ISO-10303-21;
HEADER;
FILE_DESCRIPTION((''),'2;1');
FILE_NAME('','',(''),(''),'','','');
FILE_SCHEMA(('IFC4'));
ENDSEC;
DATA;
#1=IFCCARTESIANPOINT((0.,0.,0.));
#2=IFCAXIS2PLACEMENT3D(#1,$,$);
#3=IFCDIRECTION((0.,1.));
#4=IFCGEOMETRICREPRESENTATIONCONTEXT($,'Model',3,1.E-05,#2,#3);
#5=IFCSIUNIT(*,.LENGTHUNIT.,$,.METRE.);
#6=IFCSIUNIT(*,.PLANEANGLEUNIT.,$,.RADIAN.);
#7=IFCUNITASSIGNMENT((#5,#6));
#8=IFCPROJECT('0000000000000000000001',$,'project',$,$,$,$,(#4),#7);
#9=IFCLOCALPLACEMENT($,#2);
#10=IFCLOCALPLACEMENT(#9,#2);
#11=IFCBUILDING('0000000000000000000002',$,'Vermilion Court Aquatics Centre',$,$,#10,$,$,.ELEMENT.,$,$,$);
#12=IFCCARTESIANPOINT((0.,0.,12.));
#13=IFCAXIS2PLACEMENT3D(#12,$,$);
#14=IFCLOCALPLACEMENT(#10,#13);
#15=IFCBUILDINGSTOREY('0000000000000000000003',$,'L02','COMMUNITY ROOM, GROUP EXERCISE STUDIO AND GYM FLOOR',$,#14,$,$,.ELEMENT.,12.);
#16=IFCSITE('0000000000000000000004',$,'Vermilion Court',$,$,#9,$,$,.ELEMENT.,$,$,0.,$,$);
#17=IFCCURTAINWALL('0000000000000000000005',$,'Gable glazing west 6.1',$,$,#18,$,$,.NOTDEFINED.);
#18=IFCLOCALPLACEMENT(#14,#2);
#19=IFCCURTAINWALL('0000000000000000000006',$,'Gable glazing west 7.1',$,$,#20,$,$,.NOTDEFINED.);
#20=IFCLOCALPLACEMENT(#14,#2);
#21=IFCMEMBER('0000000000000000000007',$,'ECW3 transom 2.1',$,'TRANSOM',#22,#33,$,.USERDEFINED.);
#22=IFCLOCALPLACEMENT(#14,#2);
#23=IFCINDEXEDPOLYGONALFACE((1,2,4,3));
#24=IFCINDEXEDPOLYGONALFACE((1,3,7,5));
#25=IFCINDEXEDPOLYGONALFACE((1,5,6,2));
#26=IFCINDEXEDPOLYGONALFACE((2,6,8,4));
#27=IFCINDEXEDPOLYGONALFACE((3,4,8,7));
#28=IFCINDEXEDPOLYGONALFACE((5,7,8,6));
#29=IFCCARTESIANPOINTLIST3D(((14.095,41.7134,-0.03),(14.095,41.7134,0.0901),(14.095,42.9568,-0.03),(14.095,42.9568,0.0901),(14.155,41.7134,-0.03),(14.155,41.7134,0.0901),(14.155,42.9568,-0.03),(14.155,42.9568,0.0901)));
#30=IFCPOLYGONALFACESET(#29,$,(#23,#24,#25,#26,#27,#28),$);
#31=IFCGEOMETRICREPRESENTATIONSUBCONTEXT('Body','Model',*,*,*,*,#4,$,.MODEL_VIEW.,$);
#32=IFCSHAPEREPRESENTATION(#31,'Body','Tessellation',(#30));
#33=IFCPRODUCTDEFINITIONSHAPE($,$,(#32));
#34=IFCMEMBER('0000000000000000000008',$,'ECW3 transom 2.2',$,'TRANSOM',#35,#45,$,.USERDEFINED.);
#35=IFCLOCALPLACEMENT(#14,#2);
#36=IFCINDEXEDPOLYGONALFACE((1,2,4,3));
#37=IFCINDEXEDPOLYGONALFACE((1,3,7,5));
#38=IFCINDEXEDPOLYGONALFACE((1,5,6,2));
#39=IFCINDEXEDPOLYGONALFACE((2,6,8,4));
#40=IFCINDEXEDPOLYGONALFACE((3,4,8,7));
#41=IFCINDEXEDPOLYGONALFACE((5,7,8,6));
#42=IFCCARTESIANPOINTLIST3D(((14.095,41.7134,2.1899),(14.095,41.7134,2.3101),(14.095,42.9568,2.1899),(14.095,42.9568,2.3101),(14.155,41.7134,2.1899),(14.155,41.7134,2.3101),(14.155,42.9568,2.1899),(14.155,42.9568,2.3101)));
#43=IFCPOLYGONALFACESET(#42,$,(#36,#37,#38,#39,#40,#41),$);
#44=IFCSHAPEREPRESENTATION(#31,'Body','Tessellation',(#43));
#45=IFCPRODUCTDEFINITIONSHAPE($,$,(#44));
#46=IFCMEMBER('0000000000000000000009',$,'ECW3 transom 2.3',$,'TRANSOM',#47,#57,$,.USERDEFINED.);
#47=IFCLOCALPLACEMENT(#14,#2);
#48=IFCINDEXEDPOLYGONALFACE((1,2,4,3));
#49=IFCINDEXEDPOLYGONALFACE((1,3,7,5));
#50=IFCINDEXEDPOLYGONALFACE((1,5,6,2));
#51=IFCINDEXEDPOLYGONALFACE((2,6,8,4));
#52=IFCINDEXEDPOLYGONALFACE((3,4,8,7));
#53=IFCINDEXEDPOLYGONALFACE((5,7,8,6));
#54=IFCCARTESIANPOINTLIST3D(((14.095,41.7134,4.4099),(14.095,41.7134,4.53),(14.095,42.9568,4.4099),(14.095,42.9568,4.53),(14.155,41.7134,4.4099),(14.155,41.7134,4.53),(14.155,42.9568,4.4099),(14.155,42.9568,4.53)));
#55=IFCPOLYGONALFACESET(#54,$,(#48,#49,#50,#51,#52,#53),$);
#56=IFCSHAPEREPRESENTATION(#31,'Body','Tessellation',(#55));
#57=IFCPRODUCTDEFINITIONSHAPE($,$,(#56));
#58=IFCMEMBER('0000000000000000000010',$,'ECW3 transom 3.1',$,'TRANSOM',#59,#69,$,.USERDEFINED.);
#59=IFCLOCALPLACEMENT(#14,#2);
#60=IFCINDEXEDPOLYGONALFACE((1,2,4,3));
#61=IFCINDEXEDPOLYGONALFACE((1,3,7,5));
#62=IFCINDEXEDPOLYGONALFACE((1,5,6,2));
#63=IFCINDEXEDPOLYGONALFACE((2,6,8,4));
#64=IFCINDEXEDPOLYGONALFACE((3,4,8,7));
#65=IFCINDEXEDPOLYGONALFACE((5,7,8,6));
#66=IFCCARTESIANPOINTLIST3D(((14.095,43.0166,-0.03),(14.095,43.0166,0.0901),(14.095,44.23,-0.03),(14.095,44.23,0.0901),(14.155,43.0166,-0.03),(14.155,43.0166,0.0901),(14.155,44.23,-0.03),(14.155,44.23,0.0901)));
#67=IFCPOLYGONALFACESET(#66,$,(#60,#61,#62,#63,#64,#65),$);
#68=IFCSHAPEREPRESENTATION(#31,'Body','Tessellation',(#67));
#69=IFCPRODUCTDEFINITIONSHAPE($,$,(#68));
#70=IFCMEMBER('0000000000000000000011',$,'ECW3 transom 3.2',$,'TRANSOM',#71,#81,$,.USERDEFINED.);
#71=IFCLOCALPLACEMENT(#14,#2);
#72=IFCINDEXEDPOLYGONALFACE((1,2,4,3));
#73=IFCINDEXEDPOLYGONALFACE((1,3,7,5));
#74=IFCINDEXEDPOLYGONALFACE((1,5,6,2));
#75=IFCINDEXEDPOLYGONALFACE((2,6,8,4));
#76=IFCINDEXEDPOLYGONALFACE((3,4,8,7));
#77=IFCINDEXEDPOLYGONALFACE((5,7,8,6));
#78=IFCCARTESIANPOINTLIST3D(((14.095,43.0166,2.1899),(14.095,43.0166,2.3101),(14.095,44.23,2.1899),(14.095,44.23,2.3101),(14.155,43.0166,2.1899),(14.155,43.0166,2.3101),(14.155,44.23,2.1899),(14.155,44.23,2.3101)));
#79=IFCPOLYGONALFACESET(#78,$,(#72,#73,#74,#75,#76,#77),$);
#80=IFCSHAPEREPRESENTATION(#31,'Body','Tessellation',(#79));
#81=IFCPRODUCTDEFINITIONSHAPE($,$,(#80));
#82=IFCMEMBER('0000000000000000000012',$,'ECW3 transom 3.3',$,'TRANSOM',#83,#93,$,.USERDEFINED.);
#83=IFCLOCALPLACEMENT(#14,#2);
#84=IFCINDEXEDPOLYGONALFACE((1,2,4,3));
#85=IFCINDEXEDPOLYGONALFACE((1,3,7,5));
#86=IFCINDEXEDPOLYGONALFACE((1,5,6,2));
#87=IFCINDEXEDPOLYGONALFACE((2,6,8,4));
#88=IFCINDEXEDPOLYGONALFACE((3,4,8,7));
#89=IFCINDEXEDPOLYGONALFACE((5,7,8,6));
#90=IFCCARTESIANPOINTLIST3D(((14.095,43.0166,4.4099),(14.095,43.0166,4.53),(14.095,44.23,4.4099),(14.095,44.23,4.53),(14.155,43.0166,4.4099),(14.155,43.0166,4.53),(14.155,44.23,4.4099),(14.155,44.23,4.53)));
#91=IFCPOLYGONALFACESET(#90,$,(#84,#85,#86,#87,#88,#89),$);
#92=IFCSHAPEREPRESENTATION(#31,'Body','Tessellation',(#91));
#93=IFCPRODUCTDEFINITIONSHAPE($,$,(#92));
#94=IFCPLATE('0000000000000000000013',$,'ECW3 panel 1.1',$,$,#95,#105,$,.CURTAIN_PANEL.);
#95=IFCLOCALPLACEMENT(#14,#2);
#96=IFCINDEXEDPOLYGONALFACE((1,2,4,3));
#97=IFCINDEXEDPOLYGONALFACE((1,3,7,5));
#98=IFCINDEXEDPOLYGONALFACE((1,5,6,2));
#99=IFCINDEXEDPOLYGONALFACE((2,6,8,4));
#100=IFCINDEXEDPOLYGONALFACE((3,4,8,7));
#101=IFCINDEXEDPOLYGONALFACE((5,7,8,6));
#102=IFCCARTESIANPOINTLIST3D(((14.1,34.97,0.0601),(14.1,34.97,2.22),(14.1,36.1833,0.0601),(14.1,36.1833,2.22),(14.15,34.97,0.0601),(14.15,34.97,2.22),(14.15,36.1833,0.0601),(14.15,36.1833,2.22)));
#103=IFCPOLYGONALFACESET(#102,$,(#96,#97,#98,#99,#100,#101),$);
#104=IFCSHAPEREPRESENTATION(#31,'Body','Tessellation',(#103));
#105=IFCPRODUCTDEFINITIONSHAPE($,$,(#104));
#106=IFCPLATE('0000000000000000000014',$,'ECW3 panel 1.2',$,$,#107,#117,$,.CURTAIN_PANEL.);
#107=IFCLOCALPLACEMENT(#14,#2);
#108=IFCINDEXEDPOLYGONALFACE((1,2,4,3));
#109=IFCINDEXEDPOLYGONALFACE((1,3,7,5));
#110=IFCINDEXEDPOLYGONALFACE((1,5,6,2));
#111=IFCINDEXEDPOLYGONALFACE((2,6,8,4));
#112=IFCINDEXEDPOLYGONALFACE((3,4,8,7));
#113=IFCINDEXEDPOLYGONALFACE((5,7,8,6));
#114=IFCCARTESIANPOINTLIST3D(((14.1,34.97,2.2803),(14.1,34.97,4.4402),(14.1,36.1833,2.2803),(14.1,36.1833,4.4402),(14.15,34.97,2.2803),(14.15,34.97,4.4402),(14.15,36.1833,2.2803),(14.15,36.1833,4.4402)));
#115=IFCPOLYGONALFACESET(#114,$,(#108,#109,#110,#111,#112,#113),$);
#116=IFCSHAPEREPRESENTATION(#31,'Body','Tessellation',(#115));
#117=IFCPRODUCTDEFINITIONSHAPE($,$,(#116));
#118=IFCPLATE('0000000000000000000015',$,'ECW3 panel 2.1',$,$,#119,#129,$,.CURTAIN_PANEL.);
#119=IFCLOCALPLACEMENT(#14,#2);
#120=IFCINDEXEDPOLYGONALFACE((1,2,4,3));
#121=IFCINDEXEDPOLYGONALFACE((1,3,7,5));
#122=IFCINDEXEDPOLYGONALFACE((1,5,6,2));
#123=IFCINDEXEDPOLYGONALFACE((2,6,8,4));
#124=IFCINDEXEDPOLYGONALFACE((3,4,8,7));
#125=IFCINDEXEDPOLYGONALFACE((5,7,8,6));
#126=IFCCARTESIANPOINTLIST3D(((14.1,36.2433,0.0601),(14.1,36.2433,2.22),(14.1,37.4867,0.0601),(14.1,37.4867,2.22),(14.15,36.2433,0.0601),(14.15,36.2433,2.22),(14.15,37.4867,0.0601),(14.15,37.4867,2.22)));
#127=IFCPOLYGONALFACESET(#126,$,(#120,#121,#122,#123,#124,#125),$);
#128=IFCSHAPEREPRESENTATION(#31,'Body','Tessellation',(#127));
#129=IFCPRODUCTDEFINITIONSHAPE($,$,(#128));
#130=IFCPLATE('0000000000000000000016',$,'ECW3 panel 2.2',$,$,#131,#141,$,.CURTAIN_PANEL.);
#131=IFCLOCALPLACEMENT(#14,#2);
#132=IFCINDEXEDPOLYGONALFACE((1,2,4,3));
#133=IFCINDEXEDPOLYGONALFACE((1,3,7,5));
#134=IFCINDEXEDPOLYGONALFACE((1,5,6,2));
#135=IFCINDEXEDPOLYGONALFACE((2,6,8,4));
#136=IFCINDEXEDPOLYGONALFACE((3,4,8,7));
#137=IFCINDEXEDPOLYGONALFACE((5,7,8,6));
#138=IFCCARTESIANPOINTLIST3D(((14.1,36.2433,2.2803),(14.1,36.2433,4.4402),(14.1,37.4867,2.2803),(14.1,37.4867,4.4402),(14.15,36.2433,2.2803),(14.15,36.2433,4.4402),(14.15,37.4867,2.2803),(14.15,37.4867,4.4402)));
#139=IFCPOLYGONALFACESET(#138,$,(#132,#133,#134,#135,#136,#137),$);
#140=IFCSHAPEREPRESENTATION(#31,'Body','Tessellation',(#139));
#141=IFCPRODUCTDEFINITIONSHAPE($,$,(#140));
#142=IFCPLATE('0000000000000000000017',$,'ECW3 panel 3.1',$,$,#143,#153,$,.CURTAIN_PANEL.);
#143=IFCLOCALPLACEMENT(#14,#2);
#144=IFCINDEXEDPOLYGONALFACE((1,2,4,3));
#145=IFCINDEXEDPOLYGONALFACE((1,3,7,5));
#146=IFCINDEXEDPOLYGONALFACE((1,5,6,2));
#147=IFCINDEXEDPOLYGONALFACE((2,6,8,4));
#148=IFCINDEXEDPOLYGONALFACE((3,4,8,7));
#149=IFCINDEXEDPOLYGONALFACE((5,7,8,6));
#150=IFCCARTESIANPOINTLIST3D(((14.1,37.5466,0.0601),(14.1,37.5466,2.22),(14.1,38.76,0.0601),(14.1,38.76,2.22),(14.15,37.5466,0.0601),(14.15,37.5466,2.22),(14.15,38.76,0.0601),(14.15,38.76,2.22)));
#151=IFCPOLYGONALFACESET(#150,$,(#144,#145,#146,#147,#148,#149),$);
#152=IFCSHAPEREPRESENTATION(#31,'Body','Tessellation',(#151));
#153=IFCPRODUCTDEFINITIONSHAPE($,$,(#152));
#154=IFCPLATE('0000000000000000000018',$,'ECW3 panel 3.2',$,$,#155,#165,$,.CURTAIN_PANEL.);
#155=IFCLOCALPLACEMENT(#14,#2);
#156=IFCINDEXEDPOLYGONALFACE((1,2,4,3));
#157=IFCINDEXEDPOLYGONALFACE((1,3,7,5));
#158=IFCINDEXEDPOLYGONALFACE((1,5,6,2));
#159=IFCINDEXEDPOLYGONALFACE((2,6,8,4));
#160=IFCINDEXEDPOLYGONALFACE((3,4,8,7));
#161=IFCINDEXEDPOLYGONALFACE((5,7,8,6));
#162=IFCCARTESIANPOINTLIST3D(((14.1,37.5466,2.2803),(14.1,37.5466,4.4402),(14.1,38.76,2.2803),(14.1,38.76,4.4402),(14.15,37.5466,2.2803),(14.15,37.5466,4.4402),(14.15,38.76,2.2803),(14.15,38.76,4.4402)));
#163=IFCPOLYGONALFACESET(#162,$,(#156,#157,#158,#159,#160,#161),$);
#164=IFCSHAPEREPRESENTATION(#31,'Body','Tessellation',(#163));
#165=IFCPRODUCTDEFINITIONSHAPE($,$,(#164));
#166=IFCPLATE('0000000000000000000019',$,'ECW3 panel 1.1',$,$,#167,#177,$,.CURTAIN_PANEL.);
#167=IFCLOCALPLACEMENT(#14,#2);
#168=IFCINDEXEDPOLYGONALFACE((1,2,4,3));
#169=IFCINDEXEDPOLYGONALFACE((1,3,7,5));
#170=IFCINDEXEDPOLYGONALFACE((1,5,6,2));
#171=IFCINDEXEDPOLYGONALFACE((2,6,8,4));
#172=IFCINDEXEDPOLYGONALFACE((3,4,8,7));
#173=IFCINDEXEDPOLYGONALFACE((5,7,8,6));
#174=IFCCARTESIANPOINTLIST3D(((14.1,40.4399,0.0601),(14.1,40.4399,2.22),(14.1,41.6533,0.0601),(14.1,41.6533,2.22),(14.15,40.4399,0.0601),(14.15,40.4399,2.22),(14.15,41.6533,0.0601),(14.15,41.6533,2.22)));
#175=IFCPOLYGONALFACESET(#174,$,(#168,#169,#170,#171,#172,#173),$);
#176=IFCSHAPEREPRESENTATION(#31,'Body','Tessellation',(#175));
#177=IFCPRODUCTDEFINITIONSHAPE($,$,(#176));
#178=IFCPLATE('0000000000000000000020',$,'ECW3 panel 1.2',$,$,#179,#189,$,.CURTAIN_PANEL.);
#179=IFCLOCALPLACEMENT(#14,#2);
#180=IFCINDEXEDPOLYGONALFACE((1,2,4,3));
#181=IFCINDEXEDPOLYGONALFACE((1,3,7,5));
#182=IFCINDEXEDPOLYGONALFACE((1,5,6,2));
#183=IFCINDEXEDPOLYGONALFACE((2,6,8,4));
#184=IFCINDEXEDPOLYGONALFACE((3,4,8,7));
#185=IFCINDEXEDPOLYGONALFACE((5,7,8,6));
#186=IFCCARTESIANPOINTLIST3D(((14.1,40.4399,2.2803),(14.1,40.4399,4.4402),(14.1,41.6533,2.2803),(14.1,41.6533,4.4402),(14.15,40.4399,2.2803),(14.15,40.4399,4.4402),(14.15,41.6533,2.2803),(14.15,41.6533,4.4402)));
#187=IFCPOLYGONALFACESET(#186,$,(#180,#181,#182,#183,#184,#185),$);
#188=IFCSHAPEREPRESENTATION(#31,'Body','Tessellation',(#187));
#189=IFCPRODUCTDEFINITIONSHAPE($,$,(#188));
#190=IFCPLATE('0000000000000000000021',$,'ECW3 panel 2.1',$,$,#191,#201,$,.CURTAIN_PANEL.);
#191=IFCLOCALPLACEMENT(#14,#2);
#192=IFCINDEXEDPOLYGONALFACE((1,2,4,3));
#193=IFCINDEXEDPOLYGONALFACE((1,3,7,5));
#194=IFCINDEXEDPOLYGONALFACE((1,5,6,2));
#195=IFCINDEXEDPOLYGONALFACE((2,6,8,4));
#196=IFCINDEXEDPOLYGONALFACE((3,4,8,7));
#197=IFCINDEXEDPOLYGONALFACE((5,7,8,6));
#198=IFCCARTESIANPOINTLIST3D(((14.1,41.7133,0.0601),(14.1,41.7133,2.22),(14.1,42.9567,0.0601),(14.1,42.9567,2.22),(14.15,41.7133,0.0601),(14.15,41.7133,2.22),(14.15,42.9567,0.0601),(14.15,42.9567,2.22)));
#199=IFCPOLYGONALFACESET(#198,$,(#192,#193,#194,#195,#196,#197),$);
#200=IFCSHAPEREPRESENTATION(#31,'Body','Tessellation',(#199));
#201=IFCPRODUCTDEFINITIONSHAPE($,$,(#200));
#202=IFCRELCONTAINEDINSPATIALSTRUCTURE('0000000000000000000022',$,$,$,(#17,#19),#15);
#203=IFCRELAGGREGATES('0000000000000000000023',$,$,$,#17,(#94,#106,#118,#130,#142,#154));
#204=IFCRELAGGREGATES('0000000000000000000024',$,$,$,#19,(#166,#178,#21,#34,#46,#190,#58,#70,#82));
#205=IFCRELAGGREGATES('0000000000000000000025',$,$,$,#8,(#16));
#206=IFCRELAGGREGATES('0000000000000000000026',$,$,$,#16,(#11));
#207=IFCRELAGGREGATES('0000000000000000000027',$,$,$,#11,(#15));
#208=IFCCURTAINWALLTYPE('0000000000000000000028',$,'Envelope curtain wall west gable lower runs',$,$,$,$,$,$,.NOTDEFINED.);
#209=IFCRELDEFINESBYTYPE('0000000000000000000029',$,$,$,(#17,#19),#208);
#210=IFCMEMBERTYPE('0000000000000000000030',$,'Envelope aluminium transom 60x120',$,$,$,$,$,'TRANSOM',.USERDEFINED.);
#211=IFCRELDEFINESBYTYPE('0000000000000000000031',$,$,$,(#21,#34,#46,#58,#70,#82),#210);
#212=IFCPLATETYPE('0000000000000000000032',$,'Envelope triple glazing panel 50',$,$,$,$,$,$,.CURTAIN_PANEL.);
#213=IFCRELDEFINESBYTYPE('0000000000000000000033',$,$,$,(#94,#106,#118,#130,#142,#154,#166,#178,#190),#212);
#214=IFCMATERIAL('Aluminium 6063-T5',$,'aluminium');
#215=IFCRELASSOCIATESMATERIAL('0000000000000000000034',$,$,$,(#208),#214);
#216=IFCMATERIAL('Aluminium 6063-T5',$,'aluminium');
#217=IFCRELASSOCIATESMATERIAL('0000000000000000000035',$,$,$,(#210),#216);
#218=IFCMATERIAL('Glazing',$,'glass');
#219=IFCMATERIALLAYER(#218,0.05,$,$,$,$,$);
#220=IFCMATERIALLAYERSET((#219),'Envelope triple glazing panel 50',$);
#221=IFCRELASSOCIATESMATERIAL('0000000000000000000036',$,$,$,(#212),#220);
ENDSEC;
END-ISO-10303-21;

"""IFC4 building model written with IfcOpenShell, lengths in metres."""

from ifc_helpers import new_model, si_unit, direction, frame, origin, origin_2d, place, context, subcontext, project, spatial, rectangle, extrude, material, layer, layer_set, material_profile, profile_set, type_object, element, aggregate, save


model = new_model("IFC4")

# Units and contexts
model_context = context("Model", 3, precision=1e-05, world=origin(), true_north=direction((0.0, 1.0)))
body_context = subcontext(model_context, "Body", "Model", "MODEL_VIEW")
ifc_project = project(units=[si_unit("LENGTHUNIT", "METRE"), si_unit("PLANEANGLEUNIT", "RADIAN")], contexts=[model_context])

# Site, building, storey
site_placement = place(None, origin())
site = spatial("IfcSite", under=ifc_project, at=site_placement, Name="Vermilion Court", CompositionType="ELEMENT", RefElevation=0.0)
building_placement = place(site_placement, origin())
building = spatial("IfcBuilding", under=site, at=building_placement, Name="Vermilion Court Aquatics Centre", CompositionType="ELEMENT")
storey_placement = place(building_placement, frame((0.0, 0.0, 12.0)))
storey = spatial("IfcBuildingStorey", under=building, at=storey_placement, Name="L02", Description="COMMUNITY ROOM, GROUP EXERCISE STUDIO AND GYM FLOOR", CompositionType="ELEMENT", Elevation=12.0)

# Curtain walls
ifc_material_1 = material(Name="Aluminium 6063-T5", Category="aluminium")
curtain_wall_type = type_object("IfcCurtainWallType", Name="Envelope curtain wall west gable lower runs", PredefinedType="NOTDEFINED", material=ifc_material_1)
curtain_wall_1_placement = place(storey_placement, origin())
curtain_wall_1 = element("IfcCurtainWall", 1, at=curtain_wall_1_placement, inside=storey, type_object=curtain_wall_type, Name="Gable glazing west 6.1", PredefinedType="NOTDEFINED")
curtain_wall_2_placement = place(storey_placement, origin())
curtain_wall_2 = element("IfcCurtainWall", 2, at=curtain_wall_2_placement, inside=storey, type_object=curtain_wall_type, Name="Gable glazing west 7.1", PredefinedType="NOTDEFINED")

# Members
ifc_material_2 = material(Name="Aluminium 6063-T5", Category="aluminium")
ifc_material_profile_1 = material_profile(ifc_material_2, rectangle(XDim=0.0601, YDim=0.1201, at=origin_2d()), Name="AL 60x120")
ifc_profile_set_1 = profile_set([ifc_material_profile_1], Name="Aluminium 6063-T5")
member_type_1 = type_object("IfcMemberType", Name="Envelope aluminium transom 60x120", ElementType="TRANSOM", PredefinedType="USERDEFINED", material=ifc_profile_set_1)
member_1_placement = place(storey_placement, frame((14.125, 41.7134, 0.03), z_axis=(0.0, 1.0, 0.0), x_axis=(-1.0, 0.0, 0.0)))
member_1 = element("IfcMember", 3, at=member_1_placement, type_object=member_type_1, Name="ECW3 transom 2.1", ObjectType="TRANSOM", PredefinedType="USERDEFINED", context=body_context, shape_type="SweptSolid", body=[
    extrude(rectangle(XDim=0.0601, YDim=0.1201, at=origin_2d()), origin(), (0.0, 0.0, 1.0), 1.2434),
])
member_2_placement = place(storey_placement, frame((14.125, 41.7134, 2.25), z_axis=(0.0, 1.0, 0.0), x_axis=(-1.0, 0.0, 0.0)))
member_2 = element("IfcMember", 4, at=member_2_placement, type_object=member_type_1, Name="ECW3 transom 2.2", ObjectType="TRANSOM", PredefinedType="USERDEFINED", context=body_context, shape_type="SweptSolid", body=[
    extrude(rectangle(XDim=0.0601, YDim=0.1201, at=origin_2d()), origin(), (0.0, 0.0, 1.0), 1.2434),
])
member_3_placement = place(storey_placement, frame((14.125, 41.7134, 4.47), z_axis=(0.0, 1.0, 0.0), x_axis=(-1.0, 0.0, 0.0)))
member_3 = element("IfcMember", 5, at=member_3_placement, type_object=member_type_1, Name="ECW3 transom 2.3", ObjectType="TRANSOM", PredefinedType="USERDEFINED", context=body_context, shape_type="SweptSolid", body=[
    extrude(rectangle(XDim=0.0601, YDim=0.1201, at=origin_2d()), origin(), (0.0, 0.0, 1.0), 1.2434),
])
member_4_placement = place(storey_placement, frame((14.125, 43.0166, 0.03), z_axis=(0.0, 1.0, 0.0), x_axis=(-1.0, 0.0, 0.0)))
member_4 = element("IfcMember", 6, at=member_4_placement, type_object=member_type_1, Name="ECW3 transom 3.1", ObjectType="TRANSOM", PredefinedType="USERDEFINED", context=body_context, shape_type="SweptSolid", body=[
    extrude(rectangle(XDim=0.0601, YDim=0.1201, at=origin_2d()), origin(), (0.0, 0.0, 1.0), 1.2134),
])
member_5_placement = place(storey_placement, frame((14.125, 43.0166, 2.25), z_axis=(0.0, 1.0, 0.0), x_axis=(-1.0, 0.0, 0.0)))
member_5 = element("IfcMember", 7, at=member_5_placement, type_object=member_type_1, Name="ECW3 transom 3.2", ObjectType="TRANSOM", PredefinedType="USERDEFINED", context=body_context, shape_type="SweptSolid", body=[
    extrude(rectangle(XDim=0.0601, YDim=0.1201, at=origin_2d()), origin(), (0.0, 0.0, 1.0), 1.2134),
])
member_6_placement = place(storey_placement, frame((14.125, 43.0166, 4.47), z_axis=(0.0, 1.0, 0.0), x_axis=(-1.0, 0.0, 0.0)))
member_6 = element("IfcMember", 8, at=member_6_placement, type_object=member_type_1, Name="ECW3 transom 3.3", ObjectType="TRANSOM", PredefinedType="USERDEFINED", context=body_context, shape_type="SweptSolid", body=[
    extrude(rectangle(XDim=0.0601, YDim=0.1201, at=origin_2d()), origin(), (0.0, 0.0, 1.0), 1.2134),
])

# Plates
ifc_material_3 = material(Name="Glazing", Category="glass")
ifc_layer_1 = layer(ifc_material_3, 0.05)
ifc_layer_set_1 = layer_set([ifc_layer_1], Name="Envelope triple glazing panel 50")
plate_type = type_object("IfcPlateType", Name="Envelope triple glazing panel 50", PredefinedType="CURTAIN_PANEL", material=ifc_layer_set_1)
plate_1_placement = place(storey_placement, frame((14.125, 35.5767, 0.0601), z_axis=(0.0, 0.0, 1.0), x_axis=(0.0, 1.0, 0.0)))
plate_1 = element("IfcPlate", 9, at=plate_1_placement, type_object=plate_type, Name="ECW3 panel 1.1", PredefinedType="CURTAIN_PANEL", context=body_context, shape_type="SweptSolid", body=[
    extrude(rectangle(XDim=1.2134, YDim=0.05, at=origin_2d()), origin(), (0.0, 0.0, 1.0), 2.1599),
])
plate_2_placement = place(storey_placement, frame((14.125, 35.5767, 2.2803), z_axis=(0.0, 0.0, 1.0), x_axis=(0.0, 1.0, 0.0)))
plate_2 = element("IfcPlate", 10, at=plate_2_placement, type_object=plate_type, Name="ECW3 panel 1.2", PredefinedType="CURTAIN_PANEL", context=body_context, shape_type="SweptSolid", body=[
    extrude(rectangle(XDim=1.2134, YDim=0.05, at=origin_2d()), origin(), (0.0, 0.0, 1.0), 2.1599),
])
plate_3_placement = place(storey_placement, frame((14.125, 36.865, 0.0601), z_axis=(0.0, 0.0, 1.0), x_axis=(0.0, 1.0, 0.0)))
plate_3 = element("IfcPlate", 11, at=plate_3_placement, type_object=plate_type, Name="ECW3 panel 2.1", PredefinedType="CURTAIN_PANEL", context=body_context, shape_type="SweptSolid", body=[
    extrude(rectangle(XDim=1.2434, YDim=0.05, at=origin_2d()), origin(), (0.0, 0.0, 1.0), 2.1599),
])
plate_4_placement = place(storey_placement, frame((14.125, 36.865, 2.2803), z_axis=(0.0, 0.0, 1.0), x_axis=(0.0, 1.0, 0.0)))
plate_4 = element("IfcPlate", 12, at=plate_4_placement, type_object=plate_type, Name="ECW3 panel 2.2", PredefinedType="CURTAIN_PANEL", context=body_context, shape_type="SweptSolid", body=[
    extrude(rectangle(XDim=1.2434, YDim=0.05, at=origin_2d()), origin(), (0.0, 0.0, 1.0), 2.1599),
])
plate_5_placement = place(storey_placement, frame((14.125, 38.1533, 0.0601), z_axis=(0.0, 0.0, 1.0), x_axis=(0.0, 1.0, 0.0)))
plate_5 = element("IfcPlate", 13, at=plate_5_placement, type_object=plate_type, Name="ECW3 panel 3.1", PredefinedType="CURTAIN_PANEL", context=body_context, shape_type="SweptSolid", body=[
    extrude(rectangle(XDim=1.2134, YDim=0.05, at=origin_2d()), origin(), (0.0, 0.0, 1.0), 2.1599),
])
plate_6_placement = place(storey_placement, frame((14.125, 38.1533, 2.2803), z_axis=(0.0, 0.0, 1.0), x_axis=(0.0, 1.0, 0.0)))
plate_6 = element("IfcPlate", 14, at=plate_6_placement, type_object=plate_type, Name="ECW3 panel 3.2", PredefinedType="CURTAIN_PANEL", context=body_context, shape_type="SweptSolid", body=[
    extrude(rectangle(XDim=1.2134, YDim=0.05, at=origin_2d()), origin(), (0.0, 0.0, 1.0), 2.1599),
])
aggregate(curtain_wall_1, [plate_1, plate_2, plate_3, plate_4, plate_5, plate_6])
plate_7_placement = place(storey_placement, frame((14.125, 41.0466, 0.0601), z_axis=(0.0, 0.0, 1.0), x_axis=(0.0, 1.0, 0.0)))
plate_7 = element("IfcPlate", 15, at=plate_7_placement, type_object=plate_type, Name="ECW3 panel 1.1", PredefinedType="CURTAIN_PANEL", context=body_context, shape_type="SweptSolid", body=[
    extrude(rectangle(XDim=1.2134, YDim=0.05, at=origin_2d()), origin(), (0.0, 0.0, 1.0), 2.1599),
])
plate_8_placement = place(storey_placement, frame((14.125, 41.0466, 2.2803), z_axis=(0.0, 0.0, 1.0), x_axis=(0.0, 1.0, 0.0)))
plate_8 = element("IfcPlate", 16, at=plate_8_placement, type_object=plate_type, Name="ECW3 panel 1.2", PredefinedType="CURTAIN_PANEL", context=body_context, shape_type="SweptSolid", body=[
    extrude(rectangle(XDim=1.2134, YDim=0.05, at=origin_2d()), origin(), (0.0, 0.0, 1.0), 2.1599),
])
plate_9_placement = place(storey_placement, frame((14.125, 42.335, 0.0601), z_axis=(0.0, 0.0, 1.0), x_axis=(0.0, 1.0, 0.0)))
plate_9 = element("IfcPlate", 17, at=plate_9_placement, type_object=plate_type, Name="ECW3 panel 2.1", PredefinedType="CURTAIN_PANEL", context=body_context, shape_type="SweptSolid", body=[
    extrude(rectangle(XDim=1.2434, YDim=0.05, at=origin_2d()), origin(), (0.0, 0.0, 1.0), 2.1599),
])
aggregate(curtain_wall_2, [plate_7, plate_8, member_1, member_2, member_3, plate_9, member_4, member_5, member_6])

save(model, "model.ifc")
